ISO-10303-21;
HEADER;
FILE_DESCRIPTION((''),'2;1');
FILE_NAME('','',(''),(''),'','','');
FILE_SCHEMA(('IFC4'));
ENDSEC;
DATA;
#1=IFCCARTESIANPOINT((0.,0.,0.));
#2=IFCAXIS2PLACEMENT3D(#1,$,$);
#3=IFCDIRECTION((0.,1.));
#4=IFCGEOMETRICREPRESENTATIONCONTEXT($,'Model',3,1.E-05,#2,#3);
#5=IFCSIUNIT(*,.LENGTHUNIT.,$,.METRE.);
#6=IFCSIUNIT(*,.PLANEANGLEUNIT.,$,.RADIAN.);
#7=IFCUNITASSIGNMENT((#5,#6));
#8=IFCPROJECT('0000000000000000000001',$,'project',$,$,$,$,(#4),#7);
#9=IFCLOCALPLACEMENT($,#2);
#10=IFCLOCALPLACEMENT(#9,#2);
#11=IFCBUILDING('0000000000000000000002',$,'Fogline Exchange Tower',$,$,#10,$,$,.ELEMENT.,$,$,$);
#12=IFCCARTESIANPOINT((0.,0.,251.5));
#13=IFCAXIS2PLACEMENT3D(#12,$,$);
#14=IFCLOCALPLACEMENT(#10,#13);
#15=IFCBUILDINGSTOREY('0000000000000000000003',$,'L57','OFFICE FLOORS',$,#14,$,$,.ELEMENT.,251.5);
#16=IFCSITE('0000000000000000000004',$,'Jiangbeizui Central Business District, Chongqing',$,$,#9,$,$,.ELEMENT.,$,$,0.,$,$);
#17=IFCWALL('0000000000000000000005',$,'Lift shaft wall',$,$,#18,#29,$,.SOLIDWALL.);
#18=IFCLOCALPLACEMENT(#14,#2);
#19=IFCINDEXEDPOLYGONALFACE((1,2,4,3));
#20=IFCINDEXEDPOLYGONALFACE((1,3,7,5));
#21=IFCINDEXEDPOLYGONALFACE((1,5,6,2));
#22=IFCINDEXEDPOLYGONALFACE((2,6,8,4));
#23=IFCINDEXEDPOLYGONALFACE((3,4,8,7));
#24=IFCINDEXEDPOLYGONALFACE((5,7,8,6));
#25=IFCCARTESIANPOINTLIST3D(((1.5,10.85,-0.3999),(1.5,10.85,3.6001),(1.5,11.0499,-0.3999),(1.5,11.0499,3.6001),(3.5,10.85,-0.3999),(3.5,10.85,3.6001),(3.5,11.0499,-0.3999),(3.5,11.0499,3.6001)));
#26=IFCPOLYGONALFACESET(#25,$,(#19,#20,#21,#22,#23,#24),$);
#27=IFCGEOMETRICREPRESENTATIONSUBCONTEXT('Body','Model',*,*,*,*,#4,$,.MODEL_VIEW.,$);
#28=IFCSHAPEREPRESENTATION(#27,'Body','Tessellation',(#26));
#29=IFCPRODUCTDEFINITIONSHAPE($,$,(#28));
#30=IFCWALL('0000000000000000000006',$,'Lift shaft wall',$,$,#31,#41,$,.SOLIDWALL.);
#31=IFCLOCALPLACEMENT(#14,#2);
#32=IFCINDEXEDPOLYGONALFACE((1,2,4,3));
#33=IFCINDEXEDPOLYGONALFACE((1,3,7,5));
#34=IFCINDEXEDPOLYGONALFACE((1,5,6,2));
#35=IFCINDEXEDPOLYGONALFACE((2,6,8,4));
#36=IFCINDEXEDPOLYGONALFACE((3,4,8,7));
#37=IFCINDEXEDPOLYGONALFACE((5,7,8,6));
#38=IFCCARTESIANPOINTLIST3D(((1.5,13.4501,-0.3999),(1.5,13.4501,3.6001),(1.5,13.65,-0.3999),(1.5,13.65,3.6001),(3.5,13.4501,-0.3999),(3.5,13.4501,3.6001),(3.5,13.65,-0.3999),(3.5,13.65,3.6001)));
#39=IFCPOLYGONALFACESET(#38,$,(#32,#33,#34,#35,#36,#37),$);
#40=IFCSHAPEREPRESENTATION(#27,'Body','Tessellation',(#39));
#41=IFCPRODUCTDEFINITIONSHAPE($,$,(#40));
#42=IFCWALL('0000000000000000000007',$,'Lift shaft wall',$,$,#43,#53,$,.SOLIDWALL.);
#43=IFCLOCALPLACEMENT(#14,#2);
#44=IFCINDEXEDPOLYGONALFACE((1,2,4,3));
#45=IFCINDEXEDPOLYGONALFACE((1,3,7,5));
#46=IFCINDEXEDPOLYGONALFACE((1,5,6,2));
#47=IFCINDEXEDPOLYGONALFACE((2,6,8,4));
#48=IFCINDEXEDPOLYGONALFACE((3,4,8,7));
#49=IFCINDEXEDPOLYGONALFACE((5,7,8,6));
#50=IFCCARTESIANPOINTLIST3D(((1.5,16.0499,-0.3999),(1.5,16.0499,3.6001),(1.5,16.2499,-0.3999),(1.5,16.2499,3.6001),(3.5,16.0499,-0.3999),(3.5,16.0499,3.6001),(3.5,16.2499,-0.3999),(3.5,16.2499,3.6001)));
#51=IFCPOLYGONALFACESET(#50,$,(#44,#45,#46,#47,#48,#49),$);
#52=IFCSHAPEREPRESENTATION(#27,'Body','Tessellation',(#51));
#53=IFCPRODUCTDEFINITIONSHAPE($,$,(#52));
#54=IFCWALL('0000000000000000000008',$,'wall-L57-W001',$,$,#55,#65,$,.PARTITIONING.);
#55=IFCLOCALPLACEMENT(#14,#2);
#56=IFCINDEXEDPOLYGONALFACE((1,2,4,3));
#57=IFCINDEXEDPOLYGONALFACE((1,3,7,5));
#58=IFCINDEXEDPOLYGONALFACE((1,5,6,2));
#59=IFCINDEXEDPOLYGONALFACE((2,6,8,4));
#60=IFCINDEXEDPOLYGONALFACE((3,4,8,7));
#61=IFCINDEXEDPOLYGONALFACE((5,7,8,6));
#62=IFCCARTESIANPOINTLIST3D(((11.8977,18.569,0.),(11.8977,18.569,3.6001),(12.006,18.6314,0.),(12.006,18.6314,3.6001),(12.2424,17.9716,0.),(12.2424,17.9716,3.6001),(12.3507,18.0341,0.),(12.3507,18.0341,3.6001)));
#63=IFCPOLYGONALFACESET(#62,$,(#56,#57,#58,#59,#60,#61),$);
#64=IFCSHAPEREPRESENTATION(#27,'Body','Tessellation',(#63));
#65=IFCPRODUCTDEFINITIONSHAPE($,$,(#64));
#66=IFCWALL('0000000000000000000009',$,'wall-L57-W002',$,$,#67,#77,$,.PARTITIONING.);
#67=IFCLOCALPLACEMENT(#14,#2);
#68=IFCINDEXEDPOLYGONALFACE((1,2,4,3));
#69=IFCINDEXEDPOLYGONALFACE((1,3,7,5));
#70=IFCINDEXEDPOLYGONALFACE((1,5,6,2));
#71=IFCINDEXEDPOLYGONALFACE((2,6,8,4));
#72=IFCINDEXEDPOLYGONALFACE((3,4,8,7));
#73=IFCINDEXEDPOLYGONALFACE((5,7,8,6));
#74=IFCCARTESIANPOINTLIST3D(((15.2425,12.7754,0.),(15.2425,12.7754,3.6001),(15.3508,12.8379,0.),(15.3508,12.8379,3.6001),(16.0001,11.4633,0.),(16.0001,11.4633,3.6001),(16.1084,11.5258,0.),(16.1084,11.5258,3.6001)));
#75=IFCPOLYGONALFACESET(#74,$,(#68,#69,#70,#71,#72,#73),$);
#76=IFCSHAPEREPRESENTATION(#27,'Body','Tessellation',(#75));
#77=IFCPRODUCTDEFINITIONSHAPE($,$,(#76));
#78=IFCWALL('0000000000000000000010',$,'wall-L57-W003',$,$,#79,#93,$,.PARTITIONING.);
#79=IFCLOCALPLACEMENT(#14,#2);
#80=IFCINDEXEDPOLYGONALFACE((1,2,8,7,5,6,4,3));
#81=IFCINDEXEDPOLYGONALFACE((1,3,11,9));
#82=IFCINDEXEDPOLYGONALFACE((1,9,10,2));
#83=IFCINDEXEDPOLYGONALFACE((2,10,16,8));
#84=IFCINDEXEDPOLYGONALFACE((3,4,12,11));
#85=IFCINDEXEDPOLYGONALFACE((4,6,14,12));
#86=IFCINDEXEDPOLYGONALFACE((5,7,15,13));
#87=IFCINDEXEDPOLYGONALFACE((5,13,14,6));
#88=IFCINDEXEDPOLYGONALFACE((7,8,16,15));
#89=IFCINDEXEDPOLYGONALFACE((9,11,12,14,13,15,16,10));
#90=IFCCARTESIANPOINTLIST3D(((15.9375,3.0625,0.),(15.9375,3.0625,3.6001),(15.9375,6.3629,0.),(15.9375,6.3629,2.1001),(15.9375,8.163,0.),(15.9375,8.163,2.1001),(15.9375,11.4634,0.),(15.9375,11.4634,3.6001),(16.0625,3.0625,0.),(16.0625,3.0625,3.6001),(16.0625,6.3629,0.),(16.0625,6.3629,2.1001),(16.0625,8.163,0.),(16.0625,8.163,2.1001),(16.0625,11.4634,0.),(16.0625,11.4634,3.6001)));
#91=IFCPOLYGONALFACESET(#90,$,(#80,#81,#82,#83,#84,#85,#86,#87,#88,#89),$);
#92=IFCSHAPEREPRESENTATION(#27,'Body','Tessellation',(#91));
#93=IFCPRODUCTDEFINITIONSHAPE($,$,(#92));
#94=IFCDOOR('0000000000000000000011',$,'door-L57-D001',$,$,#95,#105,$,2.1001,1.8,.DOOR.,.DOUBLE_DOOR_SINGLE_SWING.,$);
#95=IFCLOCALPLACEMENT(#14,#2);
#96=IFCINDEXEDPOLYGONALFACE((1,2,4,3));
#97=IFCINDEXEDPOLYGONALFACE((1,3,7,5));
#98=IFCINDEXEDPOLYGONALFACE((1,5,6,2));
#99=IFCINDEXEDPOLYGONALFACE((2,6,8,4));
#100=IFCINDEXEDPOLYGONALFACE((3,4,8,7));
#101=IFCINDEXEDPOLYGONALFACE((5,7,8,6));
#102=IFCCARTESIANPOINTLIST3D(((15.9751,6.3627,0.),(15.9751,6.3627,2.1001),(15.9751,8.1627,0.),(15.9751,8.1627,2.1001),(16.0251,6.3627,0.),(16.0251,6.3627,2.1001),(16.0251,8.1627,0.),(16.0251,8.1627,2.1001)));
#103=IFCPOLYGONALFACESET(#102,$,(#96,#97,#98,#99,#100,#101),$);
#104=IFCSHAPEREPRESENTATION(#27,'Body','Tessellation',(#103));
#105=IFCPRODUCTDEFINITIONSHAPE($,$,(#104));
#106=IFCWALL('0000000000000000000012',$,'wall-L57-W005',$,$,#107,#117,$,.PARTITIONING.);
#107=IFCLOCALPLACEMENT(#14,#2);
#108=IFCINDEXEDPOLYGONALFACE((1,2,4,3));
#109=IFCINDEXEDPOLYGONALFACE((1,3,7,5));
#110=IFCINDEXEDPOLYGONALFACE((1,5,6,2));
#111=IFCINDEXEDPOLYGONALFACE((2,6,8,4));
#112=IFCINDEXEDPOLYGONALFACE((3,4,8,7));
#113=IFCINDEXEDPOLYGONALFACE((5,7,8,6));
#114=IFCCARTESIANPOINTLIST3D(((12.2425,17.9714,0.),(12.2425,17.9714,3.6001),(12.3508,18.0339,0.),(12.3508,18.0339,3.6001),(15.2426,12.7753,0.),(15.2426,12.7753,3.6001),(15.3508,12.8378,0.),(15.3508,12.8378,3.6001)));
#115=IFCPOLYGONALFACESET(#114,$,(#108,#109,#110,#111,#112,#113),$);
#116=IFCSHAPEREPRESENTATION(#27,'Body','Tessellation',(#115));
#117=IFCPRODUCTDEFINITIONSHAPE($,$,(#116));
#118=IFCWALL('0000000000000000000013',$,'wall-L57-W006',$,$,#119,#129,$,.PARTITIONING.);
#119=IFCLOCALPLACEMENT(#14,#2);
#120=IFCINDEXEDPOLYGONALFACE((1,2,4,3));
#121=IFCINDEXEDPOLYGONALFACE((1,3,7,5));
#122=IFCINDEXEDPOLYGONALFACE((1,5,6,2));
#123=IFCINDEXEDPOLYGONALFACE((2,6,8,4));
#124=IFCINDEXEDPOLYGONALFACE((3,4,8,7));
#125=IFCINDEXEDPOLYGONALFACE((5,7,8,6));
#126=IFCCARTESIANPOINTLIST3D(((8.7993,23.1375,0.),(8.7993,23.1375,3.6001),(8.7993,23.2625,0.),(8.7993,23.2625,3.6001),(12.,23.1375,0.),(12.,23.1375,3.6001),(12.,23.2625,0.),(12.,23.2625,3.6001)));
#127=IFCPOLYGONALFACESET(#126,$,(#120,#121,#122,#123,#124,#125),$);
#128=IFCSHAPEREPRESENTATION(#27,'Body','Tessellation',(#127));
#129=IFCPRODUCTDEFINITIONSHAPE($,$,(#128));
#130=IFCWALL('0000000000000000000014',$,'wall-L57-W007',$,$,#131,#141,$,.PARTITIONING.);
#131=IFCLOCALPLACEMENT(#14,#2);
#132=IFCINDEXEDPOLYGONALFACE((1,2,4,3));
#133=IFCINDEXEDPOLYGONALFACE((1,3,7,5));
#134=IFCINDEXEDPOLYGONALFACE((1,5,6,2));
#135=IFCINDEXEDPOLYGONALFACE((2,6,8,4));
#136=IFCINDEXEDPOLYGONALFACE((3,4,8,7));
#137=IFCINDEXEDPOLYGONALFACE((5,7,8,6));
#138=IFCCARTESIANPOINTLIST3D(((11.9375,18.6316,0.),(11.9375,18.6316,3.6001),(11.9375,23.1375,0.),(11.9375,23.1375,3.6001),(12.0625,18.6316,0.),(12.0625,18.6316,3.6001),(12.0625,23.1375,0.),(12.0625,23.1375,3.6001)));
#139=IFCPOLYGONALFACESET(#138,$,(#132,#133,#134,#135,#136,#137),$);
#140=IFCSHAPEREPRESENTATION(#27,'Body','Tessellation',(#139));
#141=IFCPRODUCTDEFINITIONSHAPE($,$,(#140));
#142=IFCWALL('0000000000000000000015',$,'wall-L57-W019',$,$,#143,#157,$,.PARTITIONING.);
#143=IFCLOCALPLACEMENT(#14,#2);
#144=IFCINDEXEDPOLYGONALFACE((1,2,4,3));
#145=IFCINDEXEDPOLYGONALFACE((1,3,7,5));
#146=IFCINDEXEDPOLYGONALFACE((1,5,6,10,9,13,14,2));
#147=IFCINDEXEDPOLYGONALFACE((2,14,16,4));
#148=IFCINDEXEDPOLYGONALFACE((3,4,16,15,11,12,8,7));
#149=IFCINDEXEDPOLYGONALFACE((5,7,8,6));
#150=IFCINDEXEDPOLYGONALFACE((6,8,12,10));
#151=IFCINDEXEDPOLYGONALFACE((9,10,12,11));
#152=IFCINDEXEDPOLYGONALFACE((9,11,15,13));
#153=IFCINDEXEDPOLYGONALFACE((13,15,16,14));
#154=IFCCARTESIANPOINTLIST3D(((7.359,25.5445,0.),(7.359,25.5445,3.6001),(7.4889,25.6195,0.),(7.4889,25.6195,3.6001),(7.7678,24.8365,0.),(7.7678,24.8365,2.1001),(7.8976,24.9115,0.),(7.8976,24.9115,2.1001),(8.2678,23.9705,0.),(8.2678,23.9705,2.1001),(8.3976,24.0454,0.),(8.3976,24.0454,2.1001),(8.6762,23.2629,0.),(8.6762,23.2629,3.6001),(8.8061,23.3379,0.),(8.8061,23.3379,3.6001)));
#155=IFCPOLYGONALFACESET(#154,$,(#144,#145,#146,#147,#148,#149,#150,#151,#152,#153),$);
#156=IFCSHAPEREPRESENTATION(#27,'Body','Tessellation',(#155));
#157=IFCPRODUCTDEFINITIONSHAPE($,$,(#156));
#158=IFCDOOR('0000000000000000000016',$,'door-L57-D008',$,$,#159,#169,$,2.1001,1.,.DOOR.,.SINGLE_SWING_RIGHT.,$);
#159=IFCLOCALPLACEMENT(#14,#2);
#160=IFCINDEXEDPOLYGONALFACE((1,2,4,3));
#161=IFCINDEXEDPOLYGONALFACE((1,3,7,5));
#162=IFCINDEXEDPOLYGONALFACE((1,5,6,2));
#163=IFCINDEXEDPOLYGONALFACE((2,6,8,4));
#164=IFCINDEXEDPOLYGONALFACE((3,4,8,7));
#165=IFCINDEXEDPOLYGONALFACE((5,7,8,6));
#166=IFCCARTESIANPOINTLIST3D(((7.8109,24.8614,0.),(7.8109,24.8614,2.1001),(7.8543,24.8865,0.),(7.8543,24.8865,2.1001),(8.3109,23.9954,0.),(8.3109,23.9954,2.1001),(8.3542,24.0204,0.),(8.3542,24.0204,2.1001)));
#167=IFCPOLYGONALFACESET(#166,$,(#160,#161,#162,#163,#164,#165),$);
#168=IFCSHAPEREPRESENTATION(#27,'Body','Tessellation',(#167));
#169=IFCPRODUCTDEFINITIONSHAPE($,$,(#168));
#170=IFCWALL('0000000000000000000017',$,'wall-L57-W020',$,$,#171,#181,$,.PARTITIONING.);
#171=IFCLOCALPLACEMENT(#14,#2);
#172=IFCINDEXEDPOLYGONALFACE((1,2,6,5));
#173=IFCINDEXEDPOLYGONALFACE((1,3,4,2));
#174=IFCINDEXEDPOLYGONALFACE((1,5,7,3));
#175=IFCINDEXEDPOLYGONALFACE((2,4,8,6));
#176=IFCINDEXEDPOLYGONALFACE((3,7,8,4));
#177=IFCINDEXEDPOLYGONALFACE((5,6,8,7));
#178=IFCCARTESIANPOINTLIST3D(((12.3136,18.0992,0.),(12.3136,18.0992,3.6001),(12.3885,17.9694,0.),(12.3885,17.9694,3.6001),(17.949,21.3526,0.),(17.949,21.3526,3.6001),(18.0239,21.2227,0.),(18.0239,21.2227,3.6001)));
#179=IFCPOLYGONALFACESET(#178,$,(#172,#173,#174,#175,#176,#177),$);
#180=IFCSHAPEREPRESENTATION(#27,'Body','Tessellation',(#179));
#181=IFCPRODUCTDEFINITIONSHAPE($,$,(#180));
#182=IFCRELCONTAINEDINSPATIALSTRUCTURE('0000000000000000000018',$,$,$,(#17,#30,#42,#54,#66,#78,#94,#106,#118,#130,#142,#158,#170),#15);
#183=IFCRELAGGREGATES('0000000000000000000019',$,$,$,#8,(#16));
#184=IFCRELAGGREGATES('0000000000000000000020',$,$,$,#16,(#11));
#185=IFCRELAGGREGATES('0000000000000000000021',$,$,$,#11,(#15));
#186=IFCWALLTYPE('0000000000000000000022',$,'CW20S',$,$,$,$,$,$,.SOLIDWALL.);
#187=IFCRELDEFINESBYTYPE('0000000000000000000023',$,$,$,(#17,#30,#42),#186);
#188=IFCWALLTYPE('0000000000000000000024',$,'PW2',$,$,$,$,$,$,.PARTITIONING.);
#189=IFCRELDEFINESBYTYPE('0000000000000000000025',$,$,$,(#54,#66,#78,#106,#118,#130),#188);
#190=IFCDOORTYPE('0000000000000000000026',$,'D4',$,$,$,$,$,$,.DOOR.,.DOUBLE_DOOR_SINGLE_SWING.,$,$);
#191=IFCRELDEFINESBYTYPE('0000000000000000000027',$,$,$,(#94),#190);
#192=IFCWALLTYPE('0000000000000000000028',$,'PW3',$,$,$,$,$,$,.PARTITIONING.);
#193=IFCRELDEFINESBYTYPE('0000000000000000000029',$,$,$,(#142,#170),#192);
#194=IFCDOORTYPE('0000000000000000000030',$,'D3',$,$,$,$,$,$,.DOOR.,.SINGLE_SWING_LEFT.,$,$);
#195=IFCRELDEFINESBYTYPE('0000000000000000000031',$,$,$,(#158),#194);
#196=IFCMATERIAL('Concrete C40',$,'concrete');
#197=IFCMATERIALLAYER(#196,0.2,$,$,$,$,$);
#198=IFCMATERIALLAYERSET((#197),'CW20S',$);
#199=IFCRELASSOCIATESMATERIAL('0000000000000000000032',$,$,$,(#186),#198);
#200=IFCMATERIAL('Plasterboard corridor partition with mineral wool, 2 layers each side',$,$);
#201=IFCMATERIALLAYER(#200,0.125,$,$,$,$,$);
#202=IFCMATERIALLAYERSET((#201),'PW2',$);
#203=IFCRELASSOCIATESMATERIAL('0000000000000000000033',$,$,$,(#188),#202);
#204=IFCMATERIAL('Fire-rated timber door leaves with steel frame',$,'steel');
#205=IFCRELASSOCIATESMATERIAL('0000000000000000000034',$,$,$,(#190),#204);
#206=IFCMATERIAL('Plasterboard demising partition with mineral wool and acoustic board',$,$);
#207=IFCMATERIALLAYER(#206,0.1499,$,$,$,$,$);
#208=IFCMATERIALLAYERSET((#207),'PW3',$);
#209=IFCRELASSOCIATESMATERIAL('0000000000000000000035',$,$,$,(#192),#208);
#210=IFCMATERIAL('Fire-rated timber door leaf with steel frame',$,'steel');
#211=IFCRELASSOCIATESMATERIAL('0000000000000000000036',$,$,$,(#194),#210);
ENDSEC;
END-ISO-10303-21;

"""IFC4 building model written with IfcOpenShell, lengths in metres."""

from ifc_helpers import new_model, si_unit, direction, frame, frame_2d, origin, place, context, subcontext, project, spatial, rectangle, extrude, material, layer, layer_set, type_object, element, fill, save


model = new_model("IFC4")

# Units and contexts
model_context = context("Model", 3, precision=1e-05, world=origin(), true_north=direction((0.0, 1.0)))
body_context = subcontext(model_context, "Body", "Model", "MODEL_VIEW")
ifc_project = project(units=[si_unit("LENGTHUNIT", "METRE"), si_unit("PLANEANGLEUNIT", "RADIAN")], contexts=[model_context])

# Site, building, storey
site_placement = place(None, origin())
site = spatial("IfcSite", under=ifc_project, at=site_placement, Name="Jiangbeizui Central Business District, Chongqing", CompositionType="ELEMENT", RefElevation=0.0)
building_placement = place(site_placement, origin())
building = spatial("IfcBuilding", under=site, at=building_placement, Name="Fogline Exchange Tower", CompositionType="ELEMENT")
storey_placement = place(building_placement, frame((0.0, 0.0, 251.5)))
storey = spatial("IfcBuildingStorey", under=building, at=storey_placement, Name="L57", Description="OFFICE FLOORS", CompositionType="ELEMENT", Elevation=251.5)

# Shared definitions
ifc_material_1 = material(Name="Concrete C40", Category="concrete")

# Walls
ifc_layer_1 = layer(ifc_material_1, 0.2)
ifc_layer_set_1 = layer_set([ifc_layer_1], Name="CW20S")
wall_type_1 = type_object("IfcWallType", Name="CW20S", PredefinedType="SOLIDWALL", material=ifc_layer_set_1)
for number, where, z_axis, x_axis, name in (
    (1, (1.5, 10.95, -0.3999), (0.0, 0.0, 1.0), (1.0, 0.0, 0.0), "Lift shaft wall"),
    (2, (1.5, 13.55, -0.3999), (0.0, 0.0, 1.0), (1.0, 0.0, 0.0), "Lift shaft wall"),
    (3, (1.5, 16.1499, -0.3999), (0.0, 0.0, 1.0), (1.0, 0.0, 0.0), "Lift shaft wall"),
):
    element("IfcWall", number, at=place(storey_placement, frame(where, z_axis=z_axis, x_axis=x_axis)), inside=storey, type_object=wall_type_1, Name=name, PredefinedType="SOLIDWALL", context=body_context, shape_type="SweptSolid", body=[
        extrude(rectangle(XDim=2.0, YDim=0.2, at=frame_2d((1.0, 0.0))), origin(), (0.0, 0.0, 1.0), 4.0),
    ])
ifc_material_2 = material(Name="Plasterboard corridor partition with mineral wool, 2 layers each side")
ifc_layer_2 = layer(ifc_material_2, 0.125)
ifc_layer_set_2 = layer_set([ifc_layer_2], Name="PW2")
wall_type_2 = type_object("IfcWallType", Name="PW2", PredefinedType="PARTITIONING", material=ifc_layer_set_2)
wall_1_placement = place(storey_placement, frame((11.9519, 18.6001, 0.0), z_axis=(0.0, 0.0, 1.0), x_axis=(0.499794, -0.866144, 0.0)))
element("IfcWall", 4, at=wall_1_placement, inside=storey, type_object=wall_type_2, Name="wall-L57-W001", PredefinedType="PARTITIONING", context=body_context, shape_type="SweptSolid", body=[
    extrude(rectangle(XDim=0.6897, YDim=0.125, at=frame_2d((0.3447, 0.0))), origin(), (0.0, 0.0, 1.0), 3.6001),
])
wall_2_placement = place(storey_placement, frame((15.2966, 12.8066, 0.0), z_axis=(0.0, 0.0, 1.0), x_axis=(0.500039, -0.866003, 0.0)))
element("IfcWall", 5, at=wall_2_placement, inside=storey, type_object=wall_type_2, Name="wall-L57-W002", PredefinedType="PARTITIONING", context=body_context, shape_type="SweptSolid", body=[
    extrude(rectangle(XDim=1.5151, YDim=0.125, at=frame_2d((0.7576, 0.0))), origin(), (0.0, 0.0, 1.0), 3.6001),
])

# Wall, opening, door
wall_3_placement = place(storey_placement, frame((16.0, 11.4634, 0.0), z_axis=(0.0, 0.0, 1.0), x_axis=(0.0, -1.0, 0.0)))
wall_3 = element("IfcWall", 6, at=wall_3_placement, inside=storey, type_object=wall_type_2, Name="wall-L57-W003", PredefinedType="PARTITIONING", context=body_context, shape_type="SweptSolid", body=[
    extrude(rectangle(XDim=8.4009, YDim=0.125, at=frame_2d((4.2004, 0.0))), origin(), (0.0, 0.0, 1.0), 3.6001),
])
opening_1_placement = place(wall_3_placement, frame((3.3005, 0.0, 0.0)))
opening_1 = element("IfcOpeningElement", 7, at=opening_1_placement, cuts=wall_3, PredefinedType="OPENING", context=body_context, shape_type="SweptSolid", body=[
    extrude(rectangle(XDim=1.8, YDim=2.1001, at=frame_2d((0.8999, 1.05))), frame((0.0, 0.0725, 0.0), z_axis=(0.0, -1.0, 0.0), x_axis=(1.0, 0.0, 0.0)), (0.0, 0.0, 1.0), 0.145),
])
ifc_material_3 = material(Name="Fire-rated timber door leaves with steel frame", Category="steel")
door_type_1 = type_object("IfcDoorType", Name="D4", OperationType="DOUBLE_DOOR_SINGLE_SWING", PredefinedType="DOOR", material=ifc_material_3)
door_1_placement = place(opening_1_placement, frame((1.8, 0.0, 0.0), z_axis=(0.0, 0.0, 1.0), x_axis=(-1.0, 0.0, 0.0)))
door_1 = element("IfcDoor", 8, at=door_1_placement, inside=storey, type_object=door_type_1, Name="door-L57-D001", OperationType="DOUBLE_DOOR_SINGLE_SWING", OverallHeight=2.1001, OverallWidth=1.8, PredefinedType="DOOR", context=body_context, shape_type="SweptSolid", body=[
    extrude(rectangle(XDim=1.8, YDim=2.1001, at=frame_2d((0.8999, 1.05))), frame((0.0, 0.0249, 0.0), z_axis=(0.0, -1.0, 0.0), x_axis=(1.0, 0.0, 0.0)), (0.0, 0.0, 1.0), 0.05),
])
fill(opening_1, door_1)

# Walls
wall_4_placement = place(storey_placement, frame((12.2966, 18.0027, 0.0), z_axis=(0.0, 0.0, 1.0), x_axis=(0.500008, -0.866021, 0.0)))
element("IfcWall", 9, at=wall_4_placement, inside=storey, type_object=wall_type_2, Name="wall-L57-W005", PredefinedType="PARTITIONING", context=body_context, shape_type="SweptSolid", body=[
    extrude(rectangle(XDim=6.0, YDim=0.125, at=frame_2d((3.0, 0.0))), origin(), (0.0, 0.0, 1.0), 3.6001),
])
wall_5_placement = place(storey_placement, frame((8.7993, 23.2, 0.0), z_axis=(0.0, 0.0, 1.0), x_axis=(1.0, 0.0, 0.0)))
element("IfcWall", 10, at=wall_5_placement, inside=storey, type_object=wall_type_2, Name="wall-L57-W006", PredefinedType="PARTITIONING", context=body_context, shape_type="SweptSolid", body=[
    extrude(rectangle(XDim=3.2007, YDim=0.125, at=frame_2d((1.6003, 0.0))), origin(), (0.0, 0.0, 1.0), 3.6001),
])
wall_6_placement = place(storey_placement, frame((12.0, 23.1375, 0.0), z_axis=(0.0, 0.0, 1.0), x_axis=(0.0, -1.0, 0.0)))
element("IfcWall", 11, at=wall_6_placement, inside=storey, type_object=wall_type_2, Name="wall-L57-W007", PredefinedType="PARTITIONING", context=body_context, shape_type="SweptSolid", body=[
    extrude(rectangle(XDim=4.5059, YDim=0.125, at=frame_2d((2.2529, 0.0))), origin(), (0.0, 0.0, 1.0), 3.6001),
])

# Wall, opening, door
ifc_material_4 = material(Name="Plasterboard demising partition with mineral wool and acoustic board")
ifc_layer_3 = layer(ifc_material_4, 0.1499)
ifc_layer_set_3 = layer_set([ifc_layer_3], Name="PW3")
wall_type_3 = type_object("IfcWallType", Name="PW3", PredefinedType="PARTITIONING", material=ifc_layer_set_3)
wall_7_placement = place(storey_placement, frame((8.7412, 23.3003, 0.0), z_axis=(0.0, 0.0, 1.0), x_axis=(-0.499976, 0.866039, 0.0)))
wall_7 = element("IfcWall", 12, at=wall_7_placement, inside=storey, type_object=wall_type_3, Name="wall-L57-W019", PredefinedType="PARTITIONING", context=body_context, shape_type="SweptSolid", body=[
    extrude(rectangle(XDim=2.6345, YDim=0.1499, at=frame_2d((1.3174, 0.0))), origin(), (0.0, 0.0, 1.0), 3.6001),
])
opening_2_placement = place(wall_7_placement, frame((0.8171, 0.0, 0.0)))
opening_2 = element("IfcOpeningElement", 13, at=opening_2_placement, cuts=wall_7, PredefinedType="OPENING", context=body_context, shape_type="SweptSolid", body=[
    extrude(rectangle(XDim=1.0, YDim=2.1001, at=frame_2d((0.5, 1.05))), frame((0.0, 0.085, 0.0), z_axis=(0.0, -1.0, 0.0), x_axis=(1.0, 0.0, 0.0)), (0.0, 0.0, 1.0), 0.1699),
])
ifc_material_5 = material(Name="Fire-rated timber door leaf with steel frame", Category="steel")
door_type_2 = type_object("IfcDoorType", Name="D3", OperationType="SINGLE_SWING_LEFT", PredefinedType="DOOR", material=ifc_material_5)
door_2_placement = place(opening_2_placement, frame((1.0, 0.0, 0.0), z_axis=(0.0, 0.0, 1.0), x_axis=(-1.0, 0.0, 0.0)))
door_2 = element("IfcDoor", 14, at=door_2_placement, inside=storey, type_object=door_type_2, Name="door-L57-D008", OperationType="SINGLE_SWING_RIGHT", OverallHeight=2.1001, OverallWidth=1.0, PredefinedType="DOOR", context=body_context, shape_type="SweptSolid", body=[
    extrude(rectangle(XDim=1.0, YDim=2.1001, at=frame_2d((0.5, 1.05))), frame((0.0, 0.0249, 0.0), z_axis=(0.0, -1.0, 0.0), x_axis=(1.0, 0.0, 0.0)), (0.0, 0.0, 1.0), 0.05),
])
fill(opening_2, door_2)

# Wall
wall_8_placement = place(storey_placement, frame((17.9863, 21.2876, 0.0), z_axis=(0.0, 0.0, 1.0), x_axis=(-0.866041, -0.499973, 0.0)))
element("IfcWall", 15, at=wall_8_placement, inside=storey, type_object=wall_type_3, Name="wall-L57-W020", PredefinedType="PARTITIONING", context=body_context, shape_type="SweptSolid", body=[
    extrude(rectangle(XDim=6.5071, YDim=0.1499, at=frame_2d((3.2534, 0.0))), origin(), (0.0, 0.0, 1.0), 3.6001),
])

save(model, "model.ifc")
